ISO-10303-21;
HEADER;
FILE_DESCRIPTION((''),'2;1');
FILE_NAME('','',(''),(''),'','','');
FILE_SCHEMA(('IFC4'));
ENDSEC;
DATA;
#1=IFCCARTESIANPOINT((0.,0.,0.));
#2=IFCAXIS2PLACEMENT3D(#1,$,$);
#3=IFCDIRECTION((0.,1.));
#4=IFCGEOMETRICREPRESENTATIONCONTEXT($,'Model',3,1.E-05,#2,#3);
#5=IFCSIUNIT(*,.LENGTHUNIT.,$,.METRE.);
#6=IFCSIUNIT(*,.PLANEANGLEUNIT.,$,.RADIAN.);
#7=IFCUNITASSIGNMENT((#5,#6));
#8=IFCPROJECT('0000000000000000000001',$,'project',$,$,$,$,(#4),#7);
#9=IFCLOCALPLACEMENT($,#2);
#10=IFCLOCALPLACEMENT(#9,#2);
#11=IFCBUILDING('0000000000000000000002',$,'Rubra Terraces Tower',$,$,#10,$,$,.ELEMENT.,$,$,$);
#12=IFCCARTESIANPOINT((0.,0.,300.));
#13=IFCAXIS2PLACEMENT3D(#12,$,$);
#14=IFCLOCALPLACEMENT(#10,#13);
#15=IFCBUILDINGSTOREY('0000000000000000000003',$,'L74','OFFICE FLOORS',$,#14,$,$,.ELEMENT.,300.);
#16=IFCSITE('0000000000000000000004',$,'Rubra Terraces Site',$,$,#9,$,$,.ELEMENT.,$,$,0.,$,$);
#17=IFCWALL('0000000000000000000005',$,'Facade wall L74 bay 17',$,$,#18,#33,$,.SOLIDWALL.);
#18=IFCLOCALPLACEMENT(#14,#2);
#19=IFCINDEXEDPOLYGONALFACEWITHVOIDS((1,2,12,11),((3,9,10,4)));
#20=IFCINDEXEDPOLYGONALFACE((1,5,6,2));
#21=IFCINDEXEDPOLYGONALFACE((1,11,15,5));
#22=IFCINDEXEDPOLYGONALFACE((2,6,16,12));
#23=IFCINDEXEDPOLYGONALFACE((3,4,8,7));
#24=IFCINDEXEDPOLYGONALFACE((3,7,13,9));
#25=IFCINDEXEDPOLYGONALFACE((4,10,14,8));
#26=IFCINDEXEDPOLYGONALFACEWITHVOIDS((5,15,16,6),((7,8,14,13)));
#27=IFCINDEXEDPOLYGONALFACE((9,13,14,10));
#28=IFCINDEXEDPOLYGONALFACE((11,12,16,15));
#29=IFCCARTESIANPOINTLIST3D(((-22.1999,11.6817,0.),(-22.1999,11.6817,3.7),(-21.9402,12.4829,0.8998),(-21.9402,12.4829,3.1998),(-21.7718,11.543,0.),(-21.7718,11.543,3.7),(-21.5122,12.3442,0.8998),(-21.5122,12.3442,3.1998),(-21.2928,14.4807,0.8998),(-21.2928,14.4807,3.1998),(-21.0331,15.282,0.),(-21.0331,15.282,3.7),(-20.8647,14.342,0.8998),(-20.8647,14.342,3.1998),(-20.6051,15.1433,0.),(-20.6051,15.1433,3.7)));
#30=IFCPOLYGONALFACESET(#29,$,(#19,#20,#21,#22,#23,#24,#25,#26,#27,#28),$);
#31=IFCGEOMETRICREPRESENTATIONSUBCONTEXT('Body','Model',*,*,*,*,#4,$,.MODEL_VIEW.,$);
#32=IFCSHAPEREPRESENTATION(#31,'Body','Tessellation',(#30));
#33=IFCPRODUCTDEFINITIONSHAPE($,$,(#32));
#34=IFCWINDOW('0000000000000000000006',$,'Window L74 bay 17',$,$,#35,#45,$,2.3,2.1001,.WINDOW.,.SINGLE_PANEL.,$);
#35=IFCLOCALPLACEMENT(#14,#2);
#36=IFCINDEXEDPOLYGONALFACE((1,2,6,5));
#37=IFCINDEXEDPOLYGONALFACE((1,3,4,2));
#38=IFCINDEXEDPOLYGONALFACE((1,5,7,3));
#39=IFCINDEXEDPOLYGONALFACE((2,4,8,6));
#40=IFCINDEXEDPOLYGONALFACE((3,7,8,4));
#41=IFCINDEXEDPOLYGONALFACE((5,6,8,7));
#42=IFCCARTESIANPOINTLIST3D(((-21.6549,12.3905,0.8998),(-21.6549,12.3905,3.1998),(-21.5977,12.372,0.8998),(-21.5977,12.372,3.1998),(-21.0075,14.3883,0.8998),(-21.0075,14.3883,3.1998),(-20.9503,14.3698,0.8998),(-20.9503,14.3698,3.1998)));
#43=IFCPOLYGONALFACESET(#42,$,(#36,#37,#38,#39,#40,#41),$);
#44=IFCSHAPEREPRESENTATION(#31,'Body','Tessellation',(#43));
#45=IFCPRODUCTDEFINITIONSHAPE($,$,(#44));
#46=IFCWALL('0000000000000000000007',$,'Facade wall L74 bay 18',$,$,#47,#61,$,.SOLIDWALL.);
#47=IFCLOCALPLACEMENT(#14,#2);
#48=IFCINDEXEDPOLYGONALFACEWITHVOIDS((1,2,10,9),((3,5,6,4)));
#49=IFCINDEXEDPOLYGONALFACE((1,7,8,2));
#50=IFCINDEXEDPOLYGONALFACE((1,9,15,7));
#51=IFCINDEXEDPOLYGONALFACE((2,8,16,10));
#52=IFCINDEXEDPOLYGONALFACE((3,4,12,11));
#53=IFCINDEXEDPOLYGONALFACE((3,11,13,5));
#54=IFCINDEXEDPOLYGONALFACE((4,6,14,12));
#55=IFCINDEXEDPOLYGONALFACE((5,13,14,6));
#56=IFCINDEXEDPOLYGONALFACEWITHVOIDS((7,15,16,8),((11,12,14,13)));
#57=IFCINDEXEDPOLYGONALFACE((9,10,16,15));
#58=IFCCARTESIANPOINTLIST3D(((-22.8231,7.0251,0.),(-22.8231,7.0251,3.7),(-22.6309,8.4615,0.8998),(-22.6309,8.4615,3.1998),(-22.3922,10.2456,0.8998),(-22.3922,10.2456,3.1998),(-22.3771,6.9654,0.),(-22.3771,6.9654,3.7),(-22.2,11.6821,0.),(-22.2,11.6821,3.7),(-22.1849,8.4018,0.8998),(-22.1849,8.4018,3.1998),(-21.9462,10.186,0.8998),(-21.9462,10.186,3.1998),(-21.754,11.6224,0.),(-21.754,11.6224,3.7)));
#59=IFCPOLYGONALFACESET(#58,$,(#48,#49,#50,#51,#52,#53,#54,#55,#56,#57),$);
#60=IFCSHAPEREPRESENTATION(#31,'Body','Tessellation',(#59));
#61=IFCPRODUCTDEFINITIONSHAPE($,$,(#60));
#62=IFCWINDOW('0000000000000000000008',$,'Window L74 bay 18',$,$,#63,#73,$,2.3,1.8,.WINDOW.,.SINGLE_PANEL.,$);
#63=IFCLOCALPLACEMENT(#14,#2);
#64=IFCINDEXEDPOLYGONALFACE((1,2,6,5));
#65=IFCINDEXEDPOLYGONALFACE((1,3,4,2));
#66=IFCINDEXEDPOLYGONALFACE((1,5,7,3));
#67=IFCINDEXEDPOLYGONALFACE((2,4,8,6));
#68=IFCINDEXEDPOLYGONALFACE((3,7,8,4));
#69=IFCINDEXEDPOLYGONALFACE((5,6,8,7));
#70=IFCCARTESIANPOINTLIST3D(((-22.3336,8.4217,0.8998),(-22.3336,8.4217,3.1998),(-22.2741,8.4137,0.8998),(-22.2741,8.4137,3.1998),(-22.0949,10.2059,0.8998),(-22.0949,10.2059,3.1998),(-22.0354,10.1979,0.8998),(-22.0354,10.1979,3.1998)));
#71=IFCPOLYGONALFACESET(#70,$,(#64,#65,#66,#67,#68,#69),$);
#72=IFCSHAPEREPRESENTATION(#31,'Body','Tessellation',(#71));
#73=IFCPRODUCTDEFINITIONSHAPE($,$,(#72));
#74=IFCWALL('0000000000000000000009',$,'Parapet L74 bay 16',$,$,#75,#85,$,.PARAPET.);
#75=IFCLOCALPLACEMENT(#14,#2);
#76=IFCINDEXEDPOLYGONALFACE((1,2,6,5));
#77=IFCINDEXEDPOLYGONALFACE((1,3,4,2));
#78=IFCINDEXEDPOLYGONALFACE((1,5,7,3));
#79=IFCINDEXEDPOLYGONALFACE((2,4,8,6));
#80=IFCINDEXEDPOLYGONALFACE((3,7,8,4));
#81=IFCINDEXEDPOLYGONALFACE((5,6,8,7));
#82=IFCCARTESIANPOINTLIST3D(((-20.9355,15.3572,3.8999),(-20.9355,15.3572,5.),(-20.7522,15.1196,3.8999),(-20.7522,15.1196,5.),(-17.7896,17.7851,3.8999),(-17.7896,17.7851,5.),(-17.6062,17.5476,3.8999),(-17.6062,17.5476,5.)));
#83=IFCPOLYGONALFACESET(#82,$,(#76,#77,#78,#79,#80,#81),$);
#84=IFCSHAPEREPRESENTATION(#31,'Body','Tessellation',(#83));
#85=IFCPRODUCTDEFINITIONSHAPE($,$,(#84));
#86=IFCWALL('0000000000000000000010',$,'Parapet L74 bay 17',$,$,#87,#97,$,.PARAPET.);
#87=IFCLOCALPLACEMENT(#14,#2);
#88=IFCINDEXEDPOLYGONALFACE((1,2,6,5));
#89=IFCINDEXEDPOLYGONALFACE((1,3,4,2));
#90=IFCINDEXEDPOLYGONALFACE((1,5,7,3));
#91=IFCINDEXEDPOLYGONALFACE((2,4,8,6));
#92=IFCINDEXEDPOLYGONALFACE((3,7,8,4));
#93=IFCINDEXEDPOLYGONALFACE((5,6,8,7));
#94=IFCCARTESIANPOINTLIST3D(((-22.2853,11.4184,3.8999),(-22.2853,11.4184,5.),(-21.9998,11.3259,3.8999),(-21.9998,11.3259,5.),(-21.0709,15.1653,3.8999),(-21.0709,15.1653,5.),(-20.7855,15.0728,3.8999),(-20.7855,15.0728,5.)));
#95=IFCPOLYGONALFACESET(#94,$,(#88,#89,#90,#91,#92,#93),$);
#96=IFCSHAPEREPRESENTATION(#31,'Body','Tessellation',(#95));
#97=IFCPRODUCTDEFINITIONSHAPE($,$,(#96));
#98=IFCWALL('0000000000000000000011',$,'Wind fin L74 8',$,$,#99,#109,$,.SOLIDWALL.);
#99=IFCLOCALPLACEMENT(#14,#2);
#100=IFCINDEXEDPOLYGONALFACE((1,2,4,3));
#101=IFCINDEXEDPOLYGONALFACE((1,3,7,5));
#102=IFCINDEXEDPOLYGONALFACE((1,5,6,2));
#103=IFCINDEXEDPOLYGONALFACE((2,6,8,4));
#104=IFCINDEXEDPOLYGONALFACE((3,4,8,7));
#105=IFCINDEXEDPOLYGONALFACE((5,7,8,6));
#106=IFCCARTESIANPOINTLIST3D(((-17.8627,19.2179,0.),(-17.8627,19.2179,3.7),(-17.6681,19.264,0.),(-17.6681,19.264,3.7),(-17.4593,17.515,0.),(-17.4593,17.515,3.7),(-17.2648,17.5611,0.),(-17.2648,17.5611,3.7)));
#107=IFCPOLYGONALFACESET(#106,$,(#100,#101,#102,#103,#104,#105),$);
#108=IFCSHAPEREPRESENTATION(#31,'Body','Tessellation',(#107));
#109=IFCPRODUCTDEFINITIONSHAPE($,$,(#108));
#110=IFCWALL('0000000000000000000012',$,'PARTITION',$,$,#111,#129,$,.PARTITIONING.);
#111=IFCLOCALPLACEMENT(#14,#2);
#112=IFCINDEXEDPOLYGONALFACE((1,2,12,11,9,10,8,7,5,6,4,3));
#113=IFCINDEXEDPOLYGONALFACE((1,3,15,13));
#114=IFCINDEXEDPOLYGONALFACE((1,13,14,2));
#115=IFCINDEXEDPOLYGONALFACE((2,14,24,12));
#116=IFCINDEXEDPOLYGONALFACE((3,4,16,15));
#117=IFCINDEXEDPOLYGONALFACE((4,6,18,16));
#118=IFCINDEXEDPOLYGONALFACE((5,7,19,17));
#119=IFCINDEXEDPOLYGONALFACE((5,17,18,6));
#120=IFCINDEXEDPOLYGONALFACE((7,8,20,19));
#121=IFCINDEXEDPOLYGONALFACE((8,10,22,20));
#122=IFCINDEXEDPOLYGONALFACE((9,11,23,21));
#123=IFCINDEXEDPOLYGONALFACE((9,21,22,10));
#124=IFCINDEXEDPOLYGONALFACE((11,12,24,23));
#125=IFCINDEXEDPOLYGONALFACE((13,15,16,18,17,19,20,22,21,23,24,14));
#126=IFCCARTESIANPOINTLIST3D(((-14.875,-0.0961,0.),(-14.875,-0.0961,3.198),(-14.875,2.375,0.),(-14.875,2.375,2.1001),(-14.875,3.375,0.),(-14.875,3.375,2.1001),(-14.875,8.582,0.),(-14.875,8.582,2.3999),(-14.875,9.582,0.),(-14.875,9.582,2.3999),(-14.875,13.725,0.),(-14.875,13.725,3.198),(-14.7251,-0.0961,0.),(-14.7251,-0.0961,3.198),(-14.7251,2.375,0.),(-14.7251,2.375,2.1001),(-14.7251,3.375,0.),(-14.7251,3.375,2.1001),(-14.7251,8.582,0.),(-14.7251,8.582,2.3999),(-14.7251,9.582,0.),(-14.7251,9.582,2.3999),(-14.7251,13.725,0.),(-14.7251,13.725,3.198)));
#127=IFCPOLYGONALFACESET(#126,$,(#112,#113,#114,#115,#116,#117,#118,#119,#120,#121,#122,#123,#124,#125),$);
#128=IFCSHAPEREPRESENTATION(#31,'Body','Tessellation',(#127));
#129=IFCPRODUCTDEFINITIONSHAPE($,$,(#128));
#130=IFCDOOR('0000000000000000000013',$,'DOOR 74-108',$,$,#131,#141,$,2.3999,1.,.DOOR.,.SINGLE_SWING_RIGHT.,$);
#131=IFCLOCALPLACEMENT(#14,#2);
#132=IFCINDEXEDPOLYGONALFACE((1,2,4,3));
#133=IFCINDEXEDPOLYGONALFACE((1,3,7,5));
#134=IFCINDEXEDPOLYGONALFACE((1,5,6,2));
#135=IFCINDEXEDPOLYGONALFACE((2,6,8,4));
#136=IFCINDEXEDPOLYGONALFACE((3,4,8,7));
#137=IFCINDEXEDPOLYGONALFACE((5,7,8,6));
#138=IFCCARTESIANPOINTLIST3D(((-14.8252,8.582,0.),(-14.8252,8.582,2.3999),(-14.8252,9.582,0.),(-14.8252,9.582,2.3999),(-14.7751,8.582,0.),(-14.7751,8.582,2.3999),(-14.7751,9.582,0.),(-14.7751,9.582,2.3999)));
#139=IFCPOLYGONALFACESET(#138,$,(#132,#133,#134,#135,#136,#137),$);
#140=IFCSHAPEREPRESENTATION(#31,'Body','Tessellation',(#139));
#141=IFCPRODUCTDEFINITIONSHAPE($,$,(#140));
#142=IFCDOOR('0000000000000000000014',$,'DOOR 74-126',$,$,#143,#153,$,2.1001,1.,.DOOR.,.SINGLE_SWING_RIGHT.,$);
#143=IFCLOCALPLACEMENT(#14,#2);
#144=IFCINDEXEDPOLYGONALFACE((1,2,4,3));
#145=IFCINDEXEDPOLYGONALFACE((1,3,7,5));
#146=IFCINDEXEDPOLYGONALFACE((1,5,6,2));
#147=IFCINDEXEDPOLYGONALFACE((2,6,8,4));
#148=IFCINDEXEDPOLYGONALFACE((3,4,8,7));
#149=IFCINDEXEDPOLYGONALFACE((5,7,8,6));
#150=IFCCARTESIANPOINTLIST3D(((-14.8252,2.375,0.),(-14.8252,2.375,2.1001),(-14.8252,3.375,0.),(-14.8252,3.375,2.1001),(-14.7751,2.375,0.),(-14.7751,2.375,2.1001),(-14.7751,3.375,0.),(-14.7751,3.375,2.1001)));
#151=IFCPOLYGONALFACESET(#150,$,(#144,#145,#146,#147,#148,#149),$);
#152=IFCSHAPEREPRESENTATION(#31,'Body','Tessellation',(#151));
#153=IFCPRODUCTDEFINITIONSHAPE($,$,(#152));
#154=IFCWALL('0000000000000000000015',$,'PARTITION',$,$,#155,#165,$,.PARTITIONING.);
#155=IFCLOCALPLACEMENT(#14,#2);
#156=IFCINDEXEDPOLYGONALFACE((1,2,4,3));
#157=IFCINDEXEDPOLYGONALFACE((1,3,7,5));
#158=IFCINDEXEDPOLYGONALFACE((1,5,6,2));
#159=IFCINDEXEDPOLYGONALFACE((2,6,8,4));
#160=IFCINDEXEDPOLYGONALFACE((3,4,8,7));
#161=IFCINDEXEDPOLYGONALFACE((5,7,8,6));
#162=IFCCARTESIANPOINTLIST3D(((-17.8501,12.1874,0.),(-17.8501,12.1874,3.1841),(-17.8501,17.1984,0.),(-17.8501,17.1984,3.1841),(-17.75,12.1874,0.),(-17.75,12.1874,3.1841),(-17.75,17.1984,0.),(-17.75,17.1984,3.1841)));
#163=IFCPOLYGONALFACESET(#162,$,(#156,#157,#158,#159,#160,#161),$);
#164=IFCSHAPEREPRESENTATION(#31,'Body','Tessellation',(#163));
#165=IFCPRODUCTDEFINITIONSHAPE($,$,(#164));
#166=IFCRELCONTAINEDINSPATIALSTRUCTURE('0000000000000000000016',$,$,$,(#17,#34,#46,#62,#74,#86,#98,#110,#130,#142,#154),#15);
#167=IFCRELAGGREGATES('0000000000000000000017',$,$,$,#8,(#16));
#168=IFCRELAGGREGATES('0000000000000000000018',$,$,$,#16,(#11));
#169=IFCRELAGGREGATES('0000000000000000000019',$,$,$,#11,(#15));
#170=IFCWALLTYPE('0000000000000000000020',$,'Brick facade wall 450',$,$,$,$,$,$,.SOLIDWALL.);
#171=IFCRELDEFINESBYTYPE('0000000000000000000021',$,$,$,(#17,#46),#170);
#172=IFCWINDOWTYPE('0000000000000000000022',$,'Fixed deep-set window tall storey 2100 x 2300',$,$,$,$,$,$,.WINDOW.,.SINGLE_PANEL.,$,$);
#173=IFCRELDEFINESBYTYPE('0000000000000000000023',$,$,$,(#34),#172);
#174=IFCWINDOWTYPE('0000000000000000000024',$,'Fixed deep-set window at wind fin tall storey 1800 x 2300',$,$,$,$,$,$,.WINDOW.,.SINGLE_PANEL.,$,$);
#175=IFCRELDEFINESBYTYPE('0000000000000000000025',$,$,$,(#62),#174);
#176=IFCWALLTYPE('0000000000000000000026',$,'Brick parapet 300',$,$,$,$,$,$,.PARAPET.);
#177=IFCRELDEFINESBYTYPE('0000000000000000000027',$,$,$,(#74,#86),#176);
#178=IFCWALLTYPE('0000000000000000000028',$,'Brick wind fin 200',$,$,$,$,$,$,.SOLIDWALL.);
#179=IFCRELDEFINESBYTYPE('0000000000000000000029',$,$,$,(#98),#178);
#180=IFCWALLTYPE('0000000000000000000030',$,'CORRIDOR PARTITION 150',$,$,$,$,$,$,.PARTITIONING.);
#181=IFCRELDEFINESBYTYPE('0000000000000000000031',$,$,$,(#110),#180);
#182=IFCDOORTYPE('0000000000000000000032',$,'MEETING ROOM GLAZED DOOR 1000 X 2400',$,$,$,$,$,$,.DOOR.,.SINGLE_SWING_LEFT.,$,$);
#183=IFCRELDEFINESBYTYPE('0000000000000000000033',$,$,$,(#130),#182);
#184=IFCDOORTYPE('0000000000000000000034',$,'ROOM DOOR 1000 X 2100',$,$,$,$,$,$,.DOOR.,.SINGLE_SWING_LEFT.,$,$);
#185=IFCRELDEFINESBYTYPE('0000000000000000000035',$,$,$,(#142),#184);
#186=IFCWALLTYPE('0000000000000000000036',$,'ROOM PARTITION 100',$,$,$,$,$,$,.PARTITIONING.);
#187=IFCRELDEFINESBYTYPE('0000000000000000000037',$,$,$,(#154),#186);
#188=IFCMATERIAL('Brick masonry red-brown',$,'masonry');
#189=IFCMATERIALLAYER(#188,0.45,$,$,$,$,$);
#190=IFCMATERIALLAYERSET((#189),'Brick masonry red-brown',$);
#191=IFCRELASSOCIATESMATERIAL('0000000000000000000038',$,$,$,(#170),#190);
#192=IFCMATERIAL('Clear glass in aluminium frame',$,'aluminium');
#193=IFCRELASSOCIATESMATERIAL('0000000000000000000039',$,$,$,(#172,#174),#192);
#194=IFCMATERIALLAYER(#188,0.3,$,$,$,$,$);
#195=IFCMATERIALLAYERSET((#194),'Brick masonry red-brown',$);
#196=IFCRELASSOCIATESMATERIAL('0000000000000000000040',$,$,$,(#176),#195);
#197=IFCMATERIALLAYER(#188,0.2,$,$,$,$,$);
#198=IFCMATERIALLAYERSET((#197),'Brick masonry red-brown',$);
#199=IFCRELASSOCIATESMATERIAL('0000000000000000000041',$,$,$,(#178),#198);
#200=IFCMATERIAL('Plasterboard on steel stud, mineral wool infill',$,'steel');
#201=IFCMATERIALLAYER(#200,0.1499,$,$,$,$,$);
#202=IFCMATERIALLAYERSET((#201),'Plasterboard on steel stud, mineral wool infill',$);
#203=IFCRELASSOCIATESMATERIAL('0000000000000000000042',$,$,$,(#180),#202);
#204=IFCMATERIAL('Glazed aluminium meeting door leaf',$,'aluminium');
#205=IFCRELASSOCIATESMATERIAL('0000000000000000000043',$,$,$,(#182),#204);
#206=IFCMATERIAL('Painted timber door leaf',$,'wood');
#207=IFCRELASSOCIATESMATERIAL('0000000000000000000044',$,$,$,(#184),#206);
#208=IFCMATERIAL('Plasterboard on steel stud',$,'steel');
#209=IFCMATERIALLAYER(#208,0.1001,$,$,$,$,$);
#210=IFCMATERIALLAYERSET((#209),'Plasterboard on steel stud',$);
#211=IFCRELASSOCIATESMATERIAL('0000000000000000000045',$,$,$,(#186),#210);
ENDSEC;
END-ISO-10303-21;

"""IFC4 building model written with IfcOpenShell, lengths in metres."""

from ifc_helpers import new_model, si_unit, direction, frame, frame_2d, origin, place, context, subcontext, project, spatial, rectangle, extrude, material, layer, layer_set, type_object, element, fill, save


model = new_model("IFC4")

# Units and contexts
model_context = context("Model", 3, precision=1e-05, world=origin(), true_north=direction((0.0, 1.0)))
body_context = subcontext(model_context, "Body", "Model", "MODEL_VIEW")
ifc_project = project(units=[si_unit("LENGTHUNIT", "METRE"), si_unit("PLANEANGLEUNIT", "RADIAN")], contexts=[model_context])

# Site, building, storey
site_placement = place(None, origin())
site = spatial("IfcSite", under=ifc_project, at=site_placement, Name="Rubra Terraces Site", CompositionType="ELEMENT", RefElevation=0.0)
building_placement = place(site_placement, origin())
building = spatial("IfcBuilding", under=site, at=building_placement, Name="Rubra Terraces Tower", CompositionType="ELEMENT")
storey_placement = place(building_placement, frame((0.0, 0.0, 300.0)))
storey = spatial("IfcBuildingStorey", under=building, at=storey_placement, Name="L74", Description="OFFICE FLOORS", CompositionType="ELEMENT", Elevation=300.0)

# Walls, openings, windows
ifc_material_1 = material(Name="Brick masonry red-brown", Category="masonry")
ifc_layer_1 = layer(ifc_material_1, 0.45)
ifc_layer_set_1 = layer_set([ifc_layer_1], Name="Brick masonry red-brown")
wall_type_1 = type_object("IfcWallType", Name="Brick facade wall 450", PredefinedType="SOLIDWALL", material=ifc_layer_set_1)
ifc_material_2 = material(Name="Clear glass in aluminium frame", Category="aluminium")
window_type_1 = type_object("IfcWindowType", Name="Fixed deep-set window tall storey 2100 x 2300", PartitioningType="SINGLE_PANEL", PredefinedType="WINDOW", material=ifc_material_2)
wall_1_placement = place(storey_placement, frame((-20.8191, 15.2126, 0.0), z_axis=(0.0, 0.0, 1.0), x_axis=(-0.308282, -0.951295, 0.0)))
wall_1 = element("IfcWall", 1, at=wall_1_placement, inside=storey, type_object=wall_type_1, Name="Facade wall L74 bay 17", PredefinedType="SOLIDWALL", context=body_context, shape_type="SweptSolid", body=[
    extrude(rectangle(XDim=3.7847, YDim=0.45, at=frame_2d((1.8923, 0.0))), origin(), (0.0, 0.0, 1.0), 3.7),
])
opening_1_placement = place(wall_1_placement, frame((0.8423, 0.0, 0.8999)))
opening_1 = element("IfcOpeningElement", 2, at=opening_1_placement, cuts=wall_1, PredefinedType="OPENING", context=body_context, shape_type="SweptSolid", body=[
    extrude(rectangle(XDim=2.1001, YDim=2.3, at=frame_2d((1.05, 1.1499))), frame((0.0, 0.2349, 0.0), z_axis=(0.0, -1.0, 0.0), x_axis=(1.0, 0.0, 0.0)), (0.0, 0.0, 1.0), 0.47),
])
window_1_placement = place(opening_1_placement, origin())
window_1 = element("IfcWindow", 3, at=window_1_placement, inside=storey, type_object=window_type_1, Name="Window L74 bay 17", OverallHeight=2.3, OverallWidth=2.1001, PartitioningType="SINGLE_PANEL", PredefinedType="WINDOW", context=body_context, shape_type="SweptSolid", body=[
    extrude(rectangle(XDim=2.1001, YDim=2.3, at=frame_2d((1.05, 1.1499))), frame((0.0, 0.135, 0.0), z_axis=(0.0, -1.0, 0.0), x_axis=(1.0, 0.0, 0.0)), (0.0, 0.0, 1.0), 0.0601),
])
fill(opening_1, window_1)
wall_2_placement = place(storey_placement, frame((-21.9771, 11.6521, 0.0), z_axis=(0.0, 0.0, 1.0), x_axis=(-0.132606, -0.991169, 0.0)))
wall_2 = element("IfcWall", 4, at=wall_2_placement, inside=storey, type_object=wall_type_1, Name="Facade wall L74 bay 18", PredefinedType="SOLIDWALL", context=body_context, shape_type="SweptSolid", body=[
    extrude(rectangle(XDim=4.6985, YDim=0.45, at=frame_2d((2.3491, 0.0))), origin(), (0.0, 0.0, 1.0), 3.7),
])
opening_2_placement = place(wall_2_placement, frame((1.4492, 0.0, 0.8999)))
opening_2 = element("IfcOpeningElement", 5, at=opening_2_placement, cuts=wall_2, PredefinedType="OPENING", context=body_context, shape_type="SweptSolid", body=[
    extrude(rectangle(XDim=1.8, YDim=2.3, at=frame_2d((0.8999, 1.1499))), frame((0.0, 0.2349, 0.0), z_axis=(0.0, -1.0, 0.0), x_axis=(1.0, 0.0, 0.0)), (0.0, 0.0, 1.0), 0.47),
])
window_type_2 = type_object("IfcWindowType", Name="Fixed deep-set window at wind fin tall storey 1800 x 2300", PartitioningType="SINGLE_PANEL", PredefinedType="WINDOW", material=ifc_material_2)
window_2_placement = place(opening_2_placement, origin())
window_2 = element("IfcWindow", 6, at=window_2_placement, inside=storey, type_object=window_type_2, Name="Window L74 bay 18", OverallHeight=2.3, OverallWidth=1.8, PartitioningType="SINGLE_PANEL", PredefinedType="WINDOW", context=body_context, shape_type="SweptSolid", body=[
    extrude(rectangle(XDim=1.8, YDim=2.3, at=frame_2d((0.8999, 1.1499))), frame((0.0, 0.135, 0.0), z_axis=(0.0, -1.0, 0.0), x_axis=(1.0, 0.0, 0.0)), (0.0, 0.0, 1.0), 0.0601),
])
fill(opening_2, window_2)

# Walls
ifc_layer_2 = layer(ifc_material_1, 0.3)
ifc_layer_set_2 = layer_set([ifc_layer_2], Name="Brick masonry red-brown")
wall_type_2 = type_object("IfcWallType", Name="Brick parapet 300", PredefinedType="PARAPET", material=ifc_layer_set_2)
wall_3_placement = place(storey_placement, frame((-17.698, 17.6663, 3.8999), z_axis=(0.0, 0.0, 1.0), x_axis=(-0.791652, -0.610972, 0.0)))
element("IfcWall", 7, at=wall_3_placement, inside=storey, type_object=wall_type_2, Name="Parapet L74 bay 16", PredefinedType="PARAPET", context=body_context, shape_type="SweptSolid", body=[
    extrude(rectangle(XDim=3.9739, YDim=0.3, at=frame_2d((1.9868, 0.0))), origin(), (0.0, 0.0, 1.0), 1.1001),
])
wall_4_placement = place(storey_placement, frame((-20.9282, 15.1189, 3.8999), z_axis=(0.0, 0.0, 1.0), x_axis=(-0.308314, -0.951285, 0.0)))
element("IfcWall", 8, at=wall_4_placement, inside=storey, type_object=wall_type_2, Name="Parapet L74 bay 17", PredefinedType="PARAPET", context=body_context, shape_type="SweptSolid", body=[
    extrude(rectangle(XDim=3.9387, YDim=0.3, at=frame_2d((1.9692, 0.0))), origin(), (0.0, 0.0, 1.0), 1.1001),
])
ifc_layer_3 = layer(ifc_material_1, 0.2)
ifc_layer_set_3 = layer_set([ifc_layer_3], Name="Brick masonry red-brown")
wall_type_3 = type_object("IfcWallType", Name="Brick wind fin 200", PredefinedType="SOLIDWALL", material=ifc_layer_set_3)
wall_5_placement = place(storey_placement, frame((-17.3621, 17.5381, 0.0), z_axis=(0.0, 0.0, 1.0), x_axis=(-0.23047, 0.973079, 0.0)))
element("IfcWall", 9, at=wall_5_placement, inside=storey, type_object=wall_type_3, Name="Wind fin L74 8", PredefinedType="SOLIDWALL", context=body_context, shape_type="SweptSolid", body=[
    extrude(rectangle(XDim=1.75, YDim=0.2, at=frame_2d((0.875, 0.0))), origin(), (0.0, 0.0, 1.0), 3.7),
])

# Wall, openings, doors
ifc_material_3 = material(Name="Plasterboard on steel stud, mineral wool infill", Category="steel")
ifc_layer_4 = layer(ifc_material_3, 0.1499)
ifc_layer_set_4 = layer_set([ifc_layer_4], Name="Plasterboard on steel stud, mineral wool infill")
wall_type_4 = type_object("IfcWallType", Name="CORRIDOR PARTITION 150", PredefinedType="PARTITIONING", material=ifc_layer_set_4)
wall_6_placement = place(storey_placement, frame((-14.8, 13.7251, 0.0), z_axis=(0.0, 0.0, 1.0), x_axis=(0.0, -1.0, 0.0)))
wall_6 = element("IfcWall", 10, at=wall_6_placement, inside=storey, type_object=wall_type_4, Name="PARTITION", PredefinedType="PARTITIONING", context=body_context, shape_type="SweptSolid", body=[
    extrude(rectangle(XDim=13.821, YDim=0.1499, at=frame_2d((6.9106, 0.0))), origin(), (0.0, 0.0, 1.0), 3.198),
])
opening_3_placement = place(wall_6_placement, frame((4.1431, 0.0, 0.0)))
opening_3 = element("IfcOpeningElement", 11, at=opening_3_placement, cuts=wall_6, PredefinedType="OPENING", context=body_context, shape_type="SweptSolid", body=[
    extrude(rectangle(XDim=1.0, YDim=2.3999, at=frame_2d((0.5, 1.2))), frame((0.0, 0.085, 0.0), z_axis=(0.0, -1.0, 0.0), x_axis=(1.0, 0.0, 0.0)), (0.0, 0.0, 1.0), 0.1699),
])
opening_4_placement = place(wall_6_placement, frame((10.3501, 0.0, 0.0)))
opening_4 = element("IfcOpeningElement", 12, at=opening_4_placement, cuts=wall_6, PredefinedType="OPENING", context=body_context, shape_type="SweptSolid", body=[
    extrude(rectangle(XDim=1.0, YDim=2.1001, at=frame_2d((0.5, 1.05))), frame((0.0, 0.085, 0.0), z_axis=(0.0, -1.0, 0.0), x_axis=(1.0, 0.0, 0.0)), (0.0, 0.0, 1.0), 0.1699),
])
ifc_material_4 = material(Name="Glazed aluminium meeting door leaf", Category="aluminium")
door_type_1 = type_object("IfcDoorType", Name="MEETING ROOM GLAZED DOOR 1000 X 2400", OperationType="SINGLE_SWING_LEFT", PredefinedType="DOOR", material=ifc_material_4)
door_1_placement = place(opening_3_placement, origin())
door_1 = element("IfcDoor", 13, at=door_1_placement, inside=storey, type_object=door_type_1, Name="DOOR 74-108", OperationType="SINGLE_SWING_RIGHT", OverallHeight=2.3999, OverallWidth=1.0, PredefinedType="DOOR", context=body_context, shape_type="SweptSolid", body=[
    extrude(rectangle(XDim=1.0, YDim=2.3999, at=frame_2d((0.5, 1.2))), frame((0.0, 0.0249, 0.0), z_axis=(0.0, -1.0, 0.0), x_axis=(1.0, 0.0, 0.0)), (0.0, 0.0, 1.0), 0.05),
])
fill(opening_3, door_1)
ifc_material_5 = material(Name="Painted timber door leaf", Category="wood")
door_type_2 = type_object("IfcDoorType", Name="ROOM DOOR 1000 X 2100", OperationType="SINGLE_SWING_LEFT", PredefinedType="DOOR", material=ifc_material_5)
door_2_placement = place(opening_4_placement, origin())
door_2 = element("IfcDoor", 14, at=door_2_placement, inside=storey, type_object=door_type_2, Name="DOOR 74-126", OperationType="SINGLE_SWING_RIGHT", OverallHeight=2.1001, OverallWidth=1.0, PredefinedType="DOOR", context=body_context, shape_type="SweptSolid", body=[
    extrude(rectangle(XDim=1.0, YDim=2.1001, at=frame_2d((0.5, 1.05))), frame((0.0, 0.0249, 0.0), z_axis=(0.0, -1.0, 0.0), x_axis=(1.0, 0.0, 0.0)), (0.0, 0.0, 1.0), 0.05),
])
fill(opening_4, door_2)

# Wall
ifc_material_6 = material(Name="Plasterboard on steel stud", Category="steel")
ifc_layer_5 = layer(ifc_material_6, 0.1001)
ifc_layer_set_5 = layer_set([ifc_layer_5], Name="Plasterboard on steel stud")
wall_type_5 = type_object("IfcWallType", Name="ROOM PARTITION 100", PredefinedType="PARTITIONING", material=ifc_layer_set_5)
wall_7_placement = place(storey_placement, frame((-17.8, 12.1875, 0.0), z_axis=(0.0, 0.0, 1.0), x_axis=(0.0, 1.0, 0.0)))
element("IfcWall", 15, at=wall_7_placement, inside=storey, type_object=wall_type_5, Name="PARTITION", PredefinedType="PARTITIONING", context=body_context, shape_type="SweptSolid", body=[
    extrude(rectangle(XDim=5.011, YDim=0.1001, at=frame_2d((2.5054, 0.0))), origin(), (0.0, 0.0, 1.0), 3.1841),
])

save(model, "model.ifc")
